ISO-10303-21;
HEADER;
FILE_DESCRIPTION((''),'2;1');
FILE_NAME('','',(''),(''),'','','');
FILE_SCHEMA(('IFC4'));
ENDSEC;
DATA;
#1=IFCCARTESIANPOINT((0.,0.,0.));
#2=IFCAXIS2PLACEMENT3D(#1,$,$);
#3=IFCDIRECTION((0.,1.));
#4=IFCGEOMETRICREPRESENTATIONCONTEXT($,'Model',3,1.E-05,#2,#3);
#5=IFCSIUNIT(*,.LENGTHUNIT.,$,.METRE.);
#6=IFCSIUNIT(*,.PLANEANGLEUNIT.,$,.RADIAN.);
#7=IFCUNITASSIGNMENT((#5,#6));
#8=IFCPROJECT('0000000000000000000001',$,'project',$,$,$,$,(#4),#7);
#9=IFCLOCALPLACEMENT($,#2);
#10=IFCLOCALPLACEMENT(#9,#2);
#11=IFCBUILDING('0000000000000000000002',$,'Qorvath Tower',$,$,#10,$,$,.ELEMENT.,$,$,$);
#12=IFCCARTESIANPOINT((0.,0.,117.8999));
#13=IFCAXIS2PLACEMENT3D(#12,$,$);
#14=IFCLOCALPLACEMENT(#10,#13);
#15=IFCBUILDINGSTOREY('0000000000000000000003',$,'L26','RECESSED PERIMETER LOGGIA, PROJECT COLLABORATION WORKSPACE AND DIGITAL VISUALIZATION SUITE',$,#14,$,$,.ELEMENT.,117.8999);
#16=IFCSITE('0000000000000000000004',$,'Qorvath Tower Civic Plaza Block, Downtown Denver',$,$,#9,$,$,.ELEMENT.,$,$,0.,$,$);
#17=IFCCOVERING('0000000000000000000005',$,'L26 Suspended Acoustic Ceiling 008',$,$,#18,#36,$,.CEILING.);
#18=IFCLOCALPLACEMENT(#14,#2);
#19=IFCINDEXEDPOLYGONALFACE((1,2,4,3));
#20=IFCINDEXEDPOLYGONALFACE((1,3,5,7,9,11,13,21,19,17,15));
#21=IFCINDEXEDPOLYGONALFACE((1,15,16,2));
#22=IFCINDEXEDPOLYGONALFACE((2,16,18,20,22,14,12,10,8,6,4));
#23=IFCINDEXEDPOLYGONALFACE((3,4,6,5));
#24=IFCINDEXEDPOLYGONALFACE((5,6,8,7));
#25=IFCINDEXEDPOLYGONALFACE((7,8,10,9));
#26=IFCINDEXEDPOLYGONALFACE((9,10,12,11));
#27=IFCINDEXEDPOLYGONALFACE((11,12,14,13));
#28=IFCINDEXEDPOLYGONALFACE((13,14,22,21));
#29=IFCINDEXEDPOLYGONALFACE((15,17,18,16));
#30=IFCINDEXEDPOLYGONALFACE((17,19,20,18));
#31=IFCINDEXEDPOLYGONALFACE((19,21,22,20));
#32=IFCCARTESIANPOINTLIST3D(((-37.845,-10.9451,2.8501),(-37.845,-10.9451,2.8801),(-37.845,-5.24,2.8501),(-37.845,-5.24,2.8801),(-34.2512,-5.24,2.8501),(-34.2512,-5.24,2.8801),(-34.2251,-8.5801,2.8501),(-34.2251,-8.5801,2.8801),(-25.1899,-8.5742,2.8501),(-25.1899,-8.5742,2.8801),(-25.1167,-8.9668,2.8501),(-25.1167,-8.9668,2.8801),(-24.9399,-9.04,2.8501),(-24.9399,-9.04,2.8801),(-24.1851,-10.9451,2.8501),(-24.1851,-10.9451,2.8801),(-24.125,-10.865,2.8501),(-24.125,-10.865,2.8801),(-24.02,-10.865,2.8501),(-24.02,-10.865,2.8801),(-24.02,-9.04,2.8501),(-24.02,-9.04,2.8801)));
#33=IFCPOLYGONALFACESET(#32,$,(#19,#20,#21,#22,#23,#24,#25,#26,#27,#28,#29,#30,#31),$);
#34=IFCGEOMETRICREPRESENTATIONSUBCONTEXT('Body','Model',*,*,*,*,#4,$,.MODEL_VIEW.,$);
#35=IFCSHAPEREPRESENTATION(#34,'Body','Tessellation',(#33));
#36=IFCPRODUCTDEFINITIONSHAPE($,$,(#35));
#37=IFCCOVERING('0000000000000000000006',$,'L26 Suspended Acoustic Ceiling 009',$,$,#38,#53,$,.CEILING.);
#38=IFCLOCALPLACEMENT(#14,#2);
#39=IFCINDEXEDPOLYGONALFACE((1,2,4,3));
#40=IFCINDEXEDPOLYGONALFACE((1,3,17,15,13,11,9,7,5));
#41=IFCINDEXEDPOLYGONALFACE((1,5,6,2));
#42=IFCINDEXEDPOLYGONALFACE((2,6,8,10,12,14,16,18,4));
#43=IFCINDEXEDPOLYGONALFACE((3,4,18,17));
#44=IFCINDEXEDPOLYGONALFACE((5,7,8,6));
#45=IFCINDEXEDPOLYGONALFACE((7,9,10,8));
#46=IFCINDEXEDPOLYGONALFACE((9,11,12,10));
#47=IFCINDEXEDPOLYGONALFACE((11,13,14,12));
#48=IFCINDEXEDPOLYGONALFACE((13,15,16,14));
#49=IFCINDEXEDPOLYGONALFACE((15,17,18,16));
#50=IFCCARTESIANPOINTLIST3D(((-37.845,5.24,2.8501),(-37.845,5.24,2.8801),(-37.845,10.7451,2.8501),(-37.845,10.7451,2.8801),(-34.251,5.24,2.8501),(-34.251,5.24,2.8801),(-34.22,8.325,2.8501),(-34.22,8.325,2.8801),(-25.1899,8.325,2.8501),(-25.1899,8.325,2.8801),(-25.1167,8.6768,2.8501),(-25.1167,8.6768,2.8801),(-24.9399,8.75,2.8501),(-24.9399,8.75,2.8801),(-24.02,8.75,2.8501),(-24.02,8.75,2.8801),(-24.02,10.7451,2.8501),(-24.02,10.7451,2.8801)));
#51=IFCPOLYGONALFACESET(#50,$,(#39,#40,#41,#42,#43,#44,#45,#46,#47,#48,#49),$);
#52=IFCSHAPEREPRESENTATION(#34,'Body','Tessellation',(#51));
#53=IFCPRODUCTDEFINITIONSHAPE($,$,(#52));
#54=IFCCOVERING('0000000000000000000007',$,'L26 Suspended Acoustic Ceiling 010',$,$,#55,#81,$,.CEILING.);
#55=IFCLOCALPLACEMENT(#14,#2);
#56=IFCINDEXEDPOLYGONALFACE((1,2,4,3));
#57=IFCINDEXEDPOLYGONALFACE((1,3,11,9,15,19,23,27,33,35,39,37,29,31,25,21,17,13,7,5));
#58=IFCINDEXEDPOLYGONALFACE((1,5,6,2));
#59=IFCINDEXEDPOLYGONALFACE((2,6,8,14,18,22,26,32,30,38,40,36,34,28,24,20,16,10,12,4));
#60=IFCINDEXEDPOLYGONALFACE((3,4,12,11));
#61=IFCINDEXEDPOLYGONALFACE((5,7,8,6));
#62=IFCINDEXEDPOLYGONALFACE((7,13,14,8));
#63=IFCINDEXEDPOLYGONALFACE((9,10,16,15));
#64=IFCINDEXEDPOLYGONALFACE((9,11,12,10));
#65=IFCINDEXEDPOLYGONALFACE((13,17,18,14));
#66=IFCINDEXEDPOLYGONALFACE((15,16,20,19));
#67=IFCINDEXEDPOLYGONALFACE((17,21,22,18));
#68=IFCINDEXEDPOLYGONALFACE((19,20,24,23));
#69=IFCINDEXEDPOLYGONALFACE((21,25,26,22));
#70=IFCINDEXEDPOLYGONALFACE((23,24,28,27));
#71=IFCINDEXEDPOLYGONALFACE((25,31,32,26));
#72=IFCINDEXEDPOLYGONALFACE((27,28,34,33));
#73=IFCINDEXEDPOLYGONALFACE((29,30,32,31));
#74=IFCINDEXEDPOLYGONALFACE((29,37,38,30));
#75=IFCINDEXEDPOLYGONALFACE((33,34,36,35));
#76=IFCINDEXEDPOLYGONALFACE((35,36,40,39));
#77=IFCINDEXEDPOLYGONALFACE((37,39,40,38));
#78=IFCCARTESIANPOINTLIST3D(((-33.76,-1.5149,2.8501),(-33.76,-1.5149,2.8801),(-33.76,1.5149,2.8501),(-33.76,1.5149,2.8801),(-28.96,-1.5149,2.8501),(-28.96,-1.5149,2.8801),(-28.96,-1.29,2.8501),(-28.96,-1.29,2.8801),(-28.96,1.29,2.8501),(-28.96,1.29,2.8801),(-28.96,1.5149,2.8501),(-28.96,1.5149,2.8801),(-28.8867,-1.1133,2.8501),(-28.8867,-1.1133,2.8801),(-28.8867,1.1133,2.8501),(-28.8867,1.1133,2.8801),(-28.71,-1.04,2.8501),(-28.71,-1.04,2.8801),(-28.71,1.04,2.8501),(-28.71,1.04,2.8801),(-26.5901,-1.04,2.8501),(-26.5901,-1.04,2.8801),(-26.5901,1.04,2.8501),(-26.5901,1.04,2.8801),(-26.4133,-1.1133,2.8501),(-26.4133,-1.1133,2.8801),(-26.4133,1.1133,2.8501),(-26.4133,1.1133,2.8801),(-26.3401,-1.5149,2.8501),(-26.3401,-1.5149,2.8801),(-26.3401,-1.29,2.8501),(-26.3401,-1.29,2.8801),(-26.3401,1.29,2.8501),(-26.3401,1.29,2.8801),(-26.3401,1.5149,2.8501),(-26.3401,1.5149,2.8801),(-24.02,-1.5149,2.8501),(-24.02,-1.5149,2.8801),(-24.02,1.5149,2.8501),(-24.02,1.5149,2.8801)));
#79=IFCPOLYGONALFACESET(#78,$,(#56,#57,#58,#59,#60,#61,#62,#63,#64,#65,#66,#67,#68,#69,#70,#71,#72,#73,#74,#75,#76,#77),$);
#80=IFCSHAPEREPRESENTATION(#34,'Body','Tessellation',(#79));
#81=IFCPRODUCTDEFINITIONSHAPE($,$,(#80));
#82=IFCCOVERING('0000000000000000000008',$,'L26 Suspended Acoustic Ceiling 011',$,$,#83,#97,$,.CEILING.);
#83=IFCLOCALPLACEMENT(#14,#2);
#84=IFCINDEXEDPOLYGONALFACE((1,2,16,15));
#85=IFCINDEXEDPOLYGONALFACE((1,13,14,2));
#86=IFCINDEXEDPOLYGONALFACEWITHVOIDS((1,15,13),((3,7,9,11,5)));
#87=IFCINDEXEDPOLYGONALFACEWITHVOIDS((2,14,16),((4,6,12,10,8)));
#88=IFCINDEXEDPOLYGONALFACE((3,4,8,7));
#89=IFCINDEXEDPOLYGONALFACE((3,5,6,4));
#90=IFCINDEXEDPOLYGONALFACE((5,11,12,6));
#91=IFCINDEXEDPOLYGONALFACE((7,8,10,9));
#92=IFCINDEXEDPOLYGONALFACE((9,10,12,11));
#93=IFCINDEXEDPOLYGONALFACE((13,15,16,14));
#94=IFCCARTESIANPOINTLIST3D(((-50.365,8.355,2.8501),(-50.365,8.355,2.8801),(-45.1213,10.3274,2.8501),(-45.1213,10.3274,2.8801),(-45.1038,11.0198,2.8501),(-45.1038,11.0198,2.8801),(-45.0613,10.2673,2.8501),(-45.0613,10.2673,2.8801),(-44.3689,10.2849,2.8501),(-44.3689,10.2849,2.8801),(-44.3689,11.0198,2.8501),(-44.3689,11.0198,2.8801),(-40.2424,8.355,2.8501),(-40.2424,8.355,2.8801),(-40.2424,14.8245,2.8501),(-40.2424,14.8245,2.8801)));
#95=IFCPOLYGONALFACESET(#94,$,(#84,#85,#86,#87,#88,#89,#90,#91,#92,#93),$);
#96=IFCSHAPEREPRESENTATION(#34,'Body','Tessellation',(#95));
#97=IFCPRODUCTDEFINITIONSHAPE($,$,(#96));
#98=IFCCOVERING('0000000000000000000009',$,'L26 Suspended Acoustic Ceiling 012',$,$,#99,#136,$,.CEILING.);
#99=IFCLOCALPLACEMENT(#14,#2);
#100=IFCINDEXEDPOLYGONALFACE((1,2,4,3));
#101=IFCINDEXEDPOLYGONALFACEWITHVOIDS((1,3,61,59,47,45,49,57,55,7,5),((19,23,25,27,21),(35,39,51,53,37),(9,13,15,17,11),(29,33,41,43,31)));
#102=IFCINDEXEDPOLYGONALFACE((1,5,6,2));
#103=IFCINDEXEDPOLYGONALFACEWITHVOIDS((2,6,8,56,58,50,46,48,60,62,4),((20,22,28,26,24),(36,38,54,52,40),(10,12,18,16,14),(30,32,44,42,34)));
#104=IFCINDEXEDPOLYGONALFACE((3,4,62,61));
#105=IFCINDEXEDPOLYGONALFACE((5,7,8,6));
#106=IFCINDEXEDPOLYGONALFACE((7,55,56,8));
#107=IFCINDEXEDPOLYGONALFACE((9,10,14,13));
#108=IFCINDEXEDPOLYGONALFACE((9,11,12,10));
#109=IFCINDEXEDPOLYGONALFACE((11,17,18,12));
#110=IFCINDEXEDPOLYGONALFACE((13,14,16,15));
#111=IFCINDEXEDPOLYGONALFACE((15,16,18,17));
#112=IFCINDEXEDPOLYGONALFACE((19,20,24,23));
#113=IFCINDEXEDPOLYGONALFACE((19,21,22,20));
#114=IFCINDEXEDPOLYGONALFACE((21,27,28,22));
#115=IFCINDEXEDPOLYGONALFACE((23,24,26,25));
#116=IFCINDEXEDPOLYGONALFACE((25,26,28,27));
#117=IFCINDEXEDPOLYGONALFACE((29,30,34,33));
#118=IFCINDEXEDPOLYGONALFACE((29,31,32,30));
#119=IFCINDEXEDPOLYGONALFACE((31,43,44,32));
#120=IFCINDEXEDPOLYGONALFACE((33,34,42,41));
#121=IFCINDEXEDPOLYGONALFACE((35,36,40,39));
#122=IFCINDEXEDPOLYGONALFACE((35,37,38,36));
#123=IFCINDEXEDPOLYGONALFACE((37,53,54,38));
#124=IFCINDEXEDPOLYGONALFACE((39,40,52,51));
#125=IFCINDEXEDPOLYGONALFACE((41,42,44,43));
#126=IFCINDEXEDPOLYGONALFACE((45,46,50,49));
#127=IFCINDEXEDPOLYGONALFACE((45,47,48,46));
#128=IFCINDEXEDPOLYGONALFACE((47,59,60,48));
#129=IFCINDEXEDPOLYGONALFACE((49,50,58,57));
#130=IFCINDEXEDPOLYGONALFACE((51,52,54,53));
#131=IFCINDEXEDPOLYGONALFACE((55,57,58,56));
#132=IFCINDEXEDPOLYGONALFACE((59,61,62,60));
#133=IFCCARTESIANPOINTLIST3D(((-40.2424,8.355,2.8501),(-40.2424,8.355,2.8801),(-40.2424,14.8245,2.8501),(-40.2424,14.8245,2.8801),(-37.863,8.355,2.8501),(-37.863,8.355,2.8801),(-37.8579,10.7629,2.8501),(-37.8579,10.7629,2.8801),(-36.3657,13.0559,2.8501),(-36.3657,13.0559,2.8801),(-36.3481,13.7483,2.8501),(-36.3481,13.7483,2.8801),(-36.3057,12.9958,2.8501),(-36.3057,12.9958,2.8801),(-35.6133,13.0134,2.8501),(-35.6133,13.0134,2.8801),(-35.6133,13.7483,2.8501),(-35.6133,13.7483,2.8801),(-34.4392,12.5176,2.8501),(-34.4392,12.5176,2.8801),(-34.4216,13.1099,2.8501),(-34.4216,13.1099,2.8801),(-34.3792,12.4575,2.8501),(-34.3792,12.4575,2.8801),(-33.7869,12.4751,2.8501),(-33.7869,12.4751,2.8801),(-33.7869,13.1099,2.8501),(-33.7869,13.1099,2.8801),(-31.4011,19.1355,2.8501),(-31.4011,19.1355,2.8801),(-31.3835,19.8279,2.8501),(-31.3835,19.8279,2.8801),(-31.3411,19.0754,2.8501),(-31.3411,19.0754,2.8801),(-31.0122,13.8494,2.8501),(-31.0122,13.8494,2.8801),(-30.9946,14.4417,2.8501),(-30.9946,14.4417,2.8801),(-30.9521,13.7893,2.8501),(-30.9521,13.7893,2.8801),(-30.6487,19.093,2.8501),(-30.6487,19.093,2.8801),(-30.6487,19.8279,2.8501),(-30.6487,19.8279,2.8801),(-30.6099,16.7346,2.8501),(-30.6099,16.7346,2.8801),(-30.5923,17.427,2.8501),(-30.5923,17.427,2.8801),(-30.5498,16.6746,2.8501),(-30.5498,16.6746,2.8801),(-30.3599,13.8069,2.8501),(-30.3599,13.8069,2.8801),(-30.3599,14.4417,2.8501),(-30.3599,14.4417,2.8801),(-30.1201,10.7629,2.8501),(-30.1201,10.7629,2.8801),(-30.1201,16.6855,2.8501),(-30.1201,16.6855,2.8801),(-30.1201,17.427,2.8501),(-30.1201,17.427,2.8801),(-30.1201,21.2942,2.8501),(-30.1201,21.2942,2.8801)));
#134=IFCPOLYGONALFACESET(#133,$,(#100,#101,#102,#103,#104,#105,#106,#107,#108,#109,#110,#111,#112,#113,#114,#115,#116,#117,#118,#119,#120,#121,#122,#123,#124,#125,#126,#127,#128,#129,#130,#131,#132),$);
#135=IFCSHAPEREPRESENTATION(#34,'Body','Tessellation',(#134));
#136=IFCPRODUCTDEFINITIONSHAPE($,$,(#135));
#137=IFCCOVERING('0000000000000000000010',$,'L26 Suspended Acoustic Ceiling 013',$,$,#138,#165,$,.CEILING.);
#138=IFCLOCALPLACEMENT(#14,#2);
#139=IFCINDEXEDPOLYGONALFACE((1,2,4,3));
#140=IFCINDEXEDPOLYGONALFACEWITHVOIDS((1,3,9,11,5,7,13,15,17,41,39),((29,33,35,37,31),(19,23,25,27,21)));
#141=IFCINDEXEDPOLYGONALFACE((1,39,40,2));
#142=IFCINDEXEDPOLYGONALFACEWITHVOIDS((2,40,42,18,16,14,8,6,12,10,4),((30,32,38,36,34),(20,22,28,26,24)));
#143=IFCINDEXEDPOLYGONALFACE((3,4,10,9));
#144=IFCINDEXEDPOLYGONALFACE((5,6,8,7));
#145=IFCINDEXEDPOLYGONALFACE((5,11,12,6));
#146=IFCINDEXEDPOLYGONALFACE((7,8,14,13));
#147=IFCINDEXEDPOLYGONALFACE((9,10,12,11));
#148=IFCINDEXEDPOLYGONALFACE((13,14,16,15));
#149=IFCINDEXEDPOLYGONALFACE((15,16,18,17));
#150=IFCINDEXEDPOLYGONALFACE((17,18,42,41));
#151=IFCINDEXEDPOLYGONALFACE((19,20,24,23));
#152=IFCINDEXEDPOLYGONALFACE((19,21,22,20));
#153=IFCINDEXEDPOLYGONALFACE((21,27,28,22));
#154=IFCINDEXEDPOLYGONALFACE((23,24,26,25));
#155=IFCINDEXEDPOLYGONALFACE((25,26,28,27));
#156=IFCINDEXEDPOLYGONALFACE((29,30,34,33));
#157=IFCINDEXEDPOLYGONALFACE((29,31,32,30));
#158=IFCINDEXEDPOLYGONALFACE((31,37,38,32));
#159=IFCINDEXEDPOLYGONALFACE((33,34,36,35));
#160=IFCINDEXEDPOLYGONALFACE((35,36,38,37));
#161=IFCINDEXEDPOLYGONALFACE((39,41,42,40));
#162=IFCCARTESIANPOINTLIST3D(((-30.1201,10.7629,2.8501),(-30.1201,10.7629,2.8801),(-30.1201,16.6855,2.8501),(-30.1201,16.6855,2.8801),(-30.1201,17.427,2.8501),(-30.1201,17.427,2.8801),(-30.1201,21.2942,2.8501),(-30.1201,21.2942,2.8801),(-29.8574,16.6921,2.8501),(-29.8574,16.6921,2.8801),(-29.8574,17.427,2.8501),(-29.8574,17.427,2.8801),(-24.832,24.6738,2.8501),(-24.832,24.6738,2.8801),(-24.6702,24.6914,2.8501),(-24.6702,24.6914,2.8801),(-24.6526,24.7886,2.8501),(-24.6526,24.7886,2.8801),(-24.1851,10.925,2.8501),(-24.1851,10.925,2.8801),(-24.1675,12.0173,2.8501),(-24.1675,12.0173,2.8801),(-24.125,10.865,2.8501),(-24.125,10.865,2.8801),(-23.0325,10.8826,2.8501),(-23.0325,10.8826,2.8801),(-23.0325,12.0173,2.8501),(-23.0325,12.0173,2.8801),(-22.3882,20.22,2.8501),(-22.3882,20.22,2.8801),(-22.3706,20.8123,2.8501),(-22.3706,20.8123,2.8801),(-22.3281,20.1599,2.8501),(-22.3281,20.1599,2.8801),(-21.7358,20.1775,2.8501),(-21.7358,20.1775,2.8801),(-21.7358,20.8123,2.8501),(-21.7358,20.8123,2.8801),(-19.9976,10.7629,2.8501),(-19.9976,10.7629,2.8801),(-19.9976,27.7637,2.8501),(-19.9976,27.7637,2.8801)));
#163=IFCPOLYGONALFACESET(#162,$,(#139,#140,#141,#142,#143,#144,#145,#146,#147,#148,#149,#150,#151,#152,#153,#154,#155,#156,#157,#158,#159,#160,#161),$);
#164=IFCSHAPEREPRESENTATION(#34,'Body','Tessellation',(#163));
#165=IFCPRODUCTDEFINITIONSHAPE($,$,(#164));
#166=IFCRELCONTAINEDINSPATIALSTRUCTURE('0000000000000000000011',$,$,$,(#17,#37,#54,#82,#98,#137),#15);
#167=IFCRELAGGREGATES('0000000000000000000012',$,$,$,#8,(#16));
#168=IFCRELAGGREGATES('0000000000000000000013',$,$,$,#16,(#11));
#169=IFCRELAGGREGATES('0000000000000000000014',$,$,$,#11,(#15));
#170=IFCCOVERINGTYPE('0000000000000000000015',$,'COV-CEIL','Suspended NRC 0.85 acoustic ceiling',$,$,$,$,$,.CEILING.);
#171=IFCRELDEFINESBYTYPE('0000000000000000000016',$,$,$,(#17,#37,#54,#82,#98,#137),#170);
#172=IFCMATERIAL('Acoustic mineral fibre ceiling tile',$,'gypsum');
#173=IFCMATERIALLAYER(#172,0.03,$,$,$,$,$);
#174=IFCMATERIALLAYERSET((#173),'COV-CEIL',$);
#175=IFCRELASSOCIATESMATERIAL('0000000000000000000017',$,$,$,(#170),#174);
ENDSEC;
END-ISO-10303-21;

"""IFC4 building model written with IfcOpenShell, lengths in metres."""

from ifc_helpers import new_model, si_unit, direction, frame, origin, place, context, subcontext, project, spatial, polyline, outline, extrude, material, layer, layer_set, type_object, element, save


model = new_model("IFC4")

# Units and contexts
model_context = context("Model", 3, precision=1e-05, world=origin(), true_north=direction((0.0, 1.0)))
body_context = subcontext(model_context, "Body", "Model", "MODEL_VIEW")
ifc_project = project(units=[si_unit("LENGTHUNIT", "METRE"), si_unit("PLANEANGLEUNIT", "RADIAN")], contexts=[model_context])

# Site, building, storey
site_placement = place(None, origin())
site = spatial("IfcSite", under=ifc_project, at=site_placement, Name="Qorvath Tower Civic Plaza Block, Downtown Denver", CompositionType="ELEMENT", RefElevation=0.0)
building_placement = place(site_placement, origin())
building = spatial("IfcBuilding", under=site, at=building_placement, Name="Qorvath Tower", CompositionType="ELEMENT")
storey_placement = place(building_placement, frame((0.0, 0.0, 117.8999)))
storey = spatial("IfcBuildingStorey", under=building, at=storey_placement, Name="L26", Description="RECESSED PERIMETER LOGGIA, PROJECT COLLABORATION WORKSPACE AND DIGITAL VISUALIZATION SUITE", CompositionType="ELEMENT", Elevation=117.8999)

# Coverings
ifc_material_1 = material(Name="Acoustic mineral fibre ceiling tile", Category="gypsum")
ifc_layer_1 = layer(ifc_material_1, 0.03)
ifc_layer_set_1 = layer_set([ifc_layer_1], Name="COV-CEIL")
covering_type_1 = type_object("IfcCoveringType", Name="COV-CEIL", Description="Suspended NRC 0.85 acoustic ceiling", PredefinedType="CEILING", material=ifc_layer_set_1)
covering_1_placement = place(storey_placement, frame((0.0, 0.0, 2.8501)))
element("IfcCovering", 1, at=covering_1_placement, inside=storey, type_object=covering_type_1, Name="L26 Suspended Acoustic Ceiling 008", PredefinedType="CEILING", context=body_context, shape_type="SweptSolid", body=[
    extrude(outline(polyline([(-34.2251, -8.5801), (-34.2512, -5.24), (-37.845, -5.24), (-37.845, -10.9451), (-24.1851, -10.9451), (-24.125, -10.865), (-24.02, -10.865), (-24.02, -9.04), (-24.9399, -9.04), (-25.1167, -8.9668), (-25.1899, -8.5742), (-34.2251, -8.5801)])), origin(), (0.0, 0.0, 1.0), 0.03),
])
covering_2_placement = place(storey_placement, frame((0.0, 0.0, 2.8501)))
element("IfcCovering", 2, at=covering_2_placement, inside=storey, type_object=covering_type_1, Name="L26 Suspended Acoustic Ceiling 009", PredefinedType="CEILING", context=body_context, shape_type="SweptSolid", body=[
    extrude(outline(polyline([(-24.02, 8.75), (-24.02, 10.7451), (-37.845, 10.7451), (-37.845, 5.24), (-34.251, 5.24), (-34.22, 8.325), (-25.1899, 8.325), (-25.1167, 8.6768), (-24.9399, 8.75), (-24.02, 8.75)])), origin(), (0.0, 0.0, 1.0), 0.03),
])
covering_3_placement = place(storey_placement, frame((0.0, 0.0, 2.8501)))
element("IfcCovering", 3, at=covering_3_placement, inside=storey, type_object=covering_type_1, Name="L26 Suspended Acoustic Ceiling 010", PredefinedType="CEILING", context=body_context, shape_type="SweptSolid", body=[
    extrude(outline(polyline([(-24.02, -1.5149), (-24.02, 1.5149), (-26.3401, 1.5149), (-26.3401, 1.29), (-26.4133, 1.1133), (-26.5901, 1.04), (-28.71, 1.04), (-28.8867, 1.1133), (-28.96, 1.29), (-28.96, 1.5149), (-33.76, 1.5149), (-33.76, -1.5149), (-28.96, -1.5149), (-28.96, -1.29), (-28.8867, -1.1133), (-28.71, -1.04), (-26.5901, -1.04), (-26.4133, -1.1133), (-26.3401, -1.29), (-26.3401, -1.5149), (-24.02, -1.5149)])), origin(), (0.0, 0.0, 1.0), 0.03),
])
covering_4_placement = place(storey_placement, frame((0.0, 0.0, 2.8501)))
element("IfcCovering", 4, at=covering_4_placement, inside=storey, type_object=covering_type_1, Name="L26 Suspended Acoustic Ceiling 011", PredefinedType="CEILING", context=body_context, shape_type="SweptSolid", body=[
    extrude(outline(polyline([(-40.2424, 8.355), (-40.2424, 14.8245), (-50.365, 8.355), (-40.2424, 8.355)]), holes=[polyline([(-45.1213, 10.3274), (-45.1038, 11.0198), (-44.3689, 11.0198), (-44.3689, 10.2849), (-45.0613, 10.2673), (-45.1213, 10.3274)])]), origin(), (0.0, 0.0, 1.0), 0.03),
])
covering_5_placement = place(storey_placement, frame((0.0, 0.0, 2.8501)))
element("IfcCovering", 5, at=covering_5_placement, inside=storey, type_object=covering_type_1, Name="L26 Suspended Acoustic Ceiling 012", PredefinedType="CEILING", context=body_context, shape_type="SweptSolid", body=[
    extrude(outline(polyline([(-30.1201, 10.7629), (-30.1201, 16.6855), (-30.5498, 16.6746), (-30.6099, 16.7346), (-30.5923, 17.427), (-30.1201, 17.427), (-30.1201, 21.2942), (-40.2424, 14.8245), (-40.2424, 8.355), (-37.863, 8.355), (-37.8579, 10.7629), (-30.1201, 10.7629)]), holes=[polyline([(-31.0122, 13.8494), (-30.9946, 14.4417), (-30.3599, 14.4417), (-30.3599, 13.8069), (-30.9521, 13.7893), (-31.0122, 13.8494)]), polyline([(-31.4011, 19.1355), (-31.3835, 19.8279), (-30.6487, 19.8279), (-30.6487, 19.093), (-31.3411, 19.0754), (-31.4011, 19.1355)]), polyline([(-34.4392, 12.5176), (-34.4216, 13.1099), (-33.7869, 13.1099), (-33.7869, 12.4751), (-34.3792, 12.4575), (-34.4392, 12.5176)]), polyline([(-36.3657, 13.0559), (-36.3481, 13.7483), (-35.6133, 13.7483), (-35.6133, 13.0134), (-36.3057, 12.9958), (-36.3657, 13.0559)])]), origin(), (0.0, 0.0, 1.0), 0.03),
])
covering_6_placement = place(storey_placement, frame((0.0, 0.0, 2.8501)))
element("IfcCovering", 6, at=covering_6_placement, inside=storey, type_object=covering_type_1, Name="L26 Suspended Acoustic Ceiling 013", PredefinedType="CEILING", context=body_context, shape_type="SweptSolid", body=[
    extrude(outline(polyline([(-19.9976, 10.7629), (-19.9976, 27.7637), (-24.6526, 24.7886), (-24.6702, 24.6914), (-24.832, 24.6738), (-30.1201, 21.2942), (-30.1201, 17.427), (-29.8574, 17.427), (-29.8574, 16.6921), (-30.1201, 16.6855), (-30.1201, 10.7629), (-19.9976, 10.7629)]), holes=[polyline([(-22.3882, 20.22), (-22.3706, 20.8123), (-21.7358, 20.8123), (-21.7358, 20.1775), (-22.3281, 20.1599), (-22.3882, 20.22)]), polyline([(-24.1851, 10.925), (-24.1675, 12.0173), (-23.0325, 12.0173), (-23.0325, 10.8826), (-24.125, 10.865), (-24.1851, 10.925)])]), origin(), (0.0, 0.0, 1.0), 0.03),
])

save(model, "model.ifc")
